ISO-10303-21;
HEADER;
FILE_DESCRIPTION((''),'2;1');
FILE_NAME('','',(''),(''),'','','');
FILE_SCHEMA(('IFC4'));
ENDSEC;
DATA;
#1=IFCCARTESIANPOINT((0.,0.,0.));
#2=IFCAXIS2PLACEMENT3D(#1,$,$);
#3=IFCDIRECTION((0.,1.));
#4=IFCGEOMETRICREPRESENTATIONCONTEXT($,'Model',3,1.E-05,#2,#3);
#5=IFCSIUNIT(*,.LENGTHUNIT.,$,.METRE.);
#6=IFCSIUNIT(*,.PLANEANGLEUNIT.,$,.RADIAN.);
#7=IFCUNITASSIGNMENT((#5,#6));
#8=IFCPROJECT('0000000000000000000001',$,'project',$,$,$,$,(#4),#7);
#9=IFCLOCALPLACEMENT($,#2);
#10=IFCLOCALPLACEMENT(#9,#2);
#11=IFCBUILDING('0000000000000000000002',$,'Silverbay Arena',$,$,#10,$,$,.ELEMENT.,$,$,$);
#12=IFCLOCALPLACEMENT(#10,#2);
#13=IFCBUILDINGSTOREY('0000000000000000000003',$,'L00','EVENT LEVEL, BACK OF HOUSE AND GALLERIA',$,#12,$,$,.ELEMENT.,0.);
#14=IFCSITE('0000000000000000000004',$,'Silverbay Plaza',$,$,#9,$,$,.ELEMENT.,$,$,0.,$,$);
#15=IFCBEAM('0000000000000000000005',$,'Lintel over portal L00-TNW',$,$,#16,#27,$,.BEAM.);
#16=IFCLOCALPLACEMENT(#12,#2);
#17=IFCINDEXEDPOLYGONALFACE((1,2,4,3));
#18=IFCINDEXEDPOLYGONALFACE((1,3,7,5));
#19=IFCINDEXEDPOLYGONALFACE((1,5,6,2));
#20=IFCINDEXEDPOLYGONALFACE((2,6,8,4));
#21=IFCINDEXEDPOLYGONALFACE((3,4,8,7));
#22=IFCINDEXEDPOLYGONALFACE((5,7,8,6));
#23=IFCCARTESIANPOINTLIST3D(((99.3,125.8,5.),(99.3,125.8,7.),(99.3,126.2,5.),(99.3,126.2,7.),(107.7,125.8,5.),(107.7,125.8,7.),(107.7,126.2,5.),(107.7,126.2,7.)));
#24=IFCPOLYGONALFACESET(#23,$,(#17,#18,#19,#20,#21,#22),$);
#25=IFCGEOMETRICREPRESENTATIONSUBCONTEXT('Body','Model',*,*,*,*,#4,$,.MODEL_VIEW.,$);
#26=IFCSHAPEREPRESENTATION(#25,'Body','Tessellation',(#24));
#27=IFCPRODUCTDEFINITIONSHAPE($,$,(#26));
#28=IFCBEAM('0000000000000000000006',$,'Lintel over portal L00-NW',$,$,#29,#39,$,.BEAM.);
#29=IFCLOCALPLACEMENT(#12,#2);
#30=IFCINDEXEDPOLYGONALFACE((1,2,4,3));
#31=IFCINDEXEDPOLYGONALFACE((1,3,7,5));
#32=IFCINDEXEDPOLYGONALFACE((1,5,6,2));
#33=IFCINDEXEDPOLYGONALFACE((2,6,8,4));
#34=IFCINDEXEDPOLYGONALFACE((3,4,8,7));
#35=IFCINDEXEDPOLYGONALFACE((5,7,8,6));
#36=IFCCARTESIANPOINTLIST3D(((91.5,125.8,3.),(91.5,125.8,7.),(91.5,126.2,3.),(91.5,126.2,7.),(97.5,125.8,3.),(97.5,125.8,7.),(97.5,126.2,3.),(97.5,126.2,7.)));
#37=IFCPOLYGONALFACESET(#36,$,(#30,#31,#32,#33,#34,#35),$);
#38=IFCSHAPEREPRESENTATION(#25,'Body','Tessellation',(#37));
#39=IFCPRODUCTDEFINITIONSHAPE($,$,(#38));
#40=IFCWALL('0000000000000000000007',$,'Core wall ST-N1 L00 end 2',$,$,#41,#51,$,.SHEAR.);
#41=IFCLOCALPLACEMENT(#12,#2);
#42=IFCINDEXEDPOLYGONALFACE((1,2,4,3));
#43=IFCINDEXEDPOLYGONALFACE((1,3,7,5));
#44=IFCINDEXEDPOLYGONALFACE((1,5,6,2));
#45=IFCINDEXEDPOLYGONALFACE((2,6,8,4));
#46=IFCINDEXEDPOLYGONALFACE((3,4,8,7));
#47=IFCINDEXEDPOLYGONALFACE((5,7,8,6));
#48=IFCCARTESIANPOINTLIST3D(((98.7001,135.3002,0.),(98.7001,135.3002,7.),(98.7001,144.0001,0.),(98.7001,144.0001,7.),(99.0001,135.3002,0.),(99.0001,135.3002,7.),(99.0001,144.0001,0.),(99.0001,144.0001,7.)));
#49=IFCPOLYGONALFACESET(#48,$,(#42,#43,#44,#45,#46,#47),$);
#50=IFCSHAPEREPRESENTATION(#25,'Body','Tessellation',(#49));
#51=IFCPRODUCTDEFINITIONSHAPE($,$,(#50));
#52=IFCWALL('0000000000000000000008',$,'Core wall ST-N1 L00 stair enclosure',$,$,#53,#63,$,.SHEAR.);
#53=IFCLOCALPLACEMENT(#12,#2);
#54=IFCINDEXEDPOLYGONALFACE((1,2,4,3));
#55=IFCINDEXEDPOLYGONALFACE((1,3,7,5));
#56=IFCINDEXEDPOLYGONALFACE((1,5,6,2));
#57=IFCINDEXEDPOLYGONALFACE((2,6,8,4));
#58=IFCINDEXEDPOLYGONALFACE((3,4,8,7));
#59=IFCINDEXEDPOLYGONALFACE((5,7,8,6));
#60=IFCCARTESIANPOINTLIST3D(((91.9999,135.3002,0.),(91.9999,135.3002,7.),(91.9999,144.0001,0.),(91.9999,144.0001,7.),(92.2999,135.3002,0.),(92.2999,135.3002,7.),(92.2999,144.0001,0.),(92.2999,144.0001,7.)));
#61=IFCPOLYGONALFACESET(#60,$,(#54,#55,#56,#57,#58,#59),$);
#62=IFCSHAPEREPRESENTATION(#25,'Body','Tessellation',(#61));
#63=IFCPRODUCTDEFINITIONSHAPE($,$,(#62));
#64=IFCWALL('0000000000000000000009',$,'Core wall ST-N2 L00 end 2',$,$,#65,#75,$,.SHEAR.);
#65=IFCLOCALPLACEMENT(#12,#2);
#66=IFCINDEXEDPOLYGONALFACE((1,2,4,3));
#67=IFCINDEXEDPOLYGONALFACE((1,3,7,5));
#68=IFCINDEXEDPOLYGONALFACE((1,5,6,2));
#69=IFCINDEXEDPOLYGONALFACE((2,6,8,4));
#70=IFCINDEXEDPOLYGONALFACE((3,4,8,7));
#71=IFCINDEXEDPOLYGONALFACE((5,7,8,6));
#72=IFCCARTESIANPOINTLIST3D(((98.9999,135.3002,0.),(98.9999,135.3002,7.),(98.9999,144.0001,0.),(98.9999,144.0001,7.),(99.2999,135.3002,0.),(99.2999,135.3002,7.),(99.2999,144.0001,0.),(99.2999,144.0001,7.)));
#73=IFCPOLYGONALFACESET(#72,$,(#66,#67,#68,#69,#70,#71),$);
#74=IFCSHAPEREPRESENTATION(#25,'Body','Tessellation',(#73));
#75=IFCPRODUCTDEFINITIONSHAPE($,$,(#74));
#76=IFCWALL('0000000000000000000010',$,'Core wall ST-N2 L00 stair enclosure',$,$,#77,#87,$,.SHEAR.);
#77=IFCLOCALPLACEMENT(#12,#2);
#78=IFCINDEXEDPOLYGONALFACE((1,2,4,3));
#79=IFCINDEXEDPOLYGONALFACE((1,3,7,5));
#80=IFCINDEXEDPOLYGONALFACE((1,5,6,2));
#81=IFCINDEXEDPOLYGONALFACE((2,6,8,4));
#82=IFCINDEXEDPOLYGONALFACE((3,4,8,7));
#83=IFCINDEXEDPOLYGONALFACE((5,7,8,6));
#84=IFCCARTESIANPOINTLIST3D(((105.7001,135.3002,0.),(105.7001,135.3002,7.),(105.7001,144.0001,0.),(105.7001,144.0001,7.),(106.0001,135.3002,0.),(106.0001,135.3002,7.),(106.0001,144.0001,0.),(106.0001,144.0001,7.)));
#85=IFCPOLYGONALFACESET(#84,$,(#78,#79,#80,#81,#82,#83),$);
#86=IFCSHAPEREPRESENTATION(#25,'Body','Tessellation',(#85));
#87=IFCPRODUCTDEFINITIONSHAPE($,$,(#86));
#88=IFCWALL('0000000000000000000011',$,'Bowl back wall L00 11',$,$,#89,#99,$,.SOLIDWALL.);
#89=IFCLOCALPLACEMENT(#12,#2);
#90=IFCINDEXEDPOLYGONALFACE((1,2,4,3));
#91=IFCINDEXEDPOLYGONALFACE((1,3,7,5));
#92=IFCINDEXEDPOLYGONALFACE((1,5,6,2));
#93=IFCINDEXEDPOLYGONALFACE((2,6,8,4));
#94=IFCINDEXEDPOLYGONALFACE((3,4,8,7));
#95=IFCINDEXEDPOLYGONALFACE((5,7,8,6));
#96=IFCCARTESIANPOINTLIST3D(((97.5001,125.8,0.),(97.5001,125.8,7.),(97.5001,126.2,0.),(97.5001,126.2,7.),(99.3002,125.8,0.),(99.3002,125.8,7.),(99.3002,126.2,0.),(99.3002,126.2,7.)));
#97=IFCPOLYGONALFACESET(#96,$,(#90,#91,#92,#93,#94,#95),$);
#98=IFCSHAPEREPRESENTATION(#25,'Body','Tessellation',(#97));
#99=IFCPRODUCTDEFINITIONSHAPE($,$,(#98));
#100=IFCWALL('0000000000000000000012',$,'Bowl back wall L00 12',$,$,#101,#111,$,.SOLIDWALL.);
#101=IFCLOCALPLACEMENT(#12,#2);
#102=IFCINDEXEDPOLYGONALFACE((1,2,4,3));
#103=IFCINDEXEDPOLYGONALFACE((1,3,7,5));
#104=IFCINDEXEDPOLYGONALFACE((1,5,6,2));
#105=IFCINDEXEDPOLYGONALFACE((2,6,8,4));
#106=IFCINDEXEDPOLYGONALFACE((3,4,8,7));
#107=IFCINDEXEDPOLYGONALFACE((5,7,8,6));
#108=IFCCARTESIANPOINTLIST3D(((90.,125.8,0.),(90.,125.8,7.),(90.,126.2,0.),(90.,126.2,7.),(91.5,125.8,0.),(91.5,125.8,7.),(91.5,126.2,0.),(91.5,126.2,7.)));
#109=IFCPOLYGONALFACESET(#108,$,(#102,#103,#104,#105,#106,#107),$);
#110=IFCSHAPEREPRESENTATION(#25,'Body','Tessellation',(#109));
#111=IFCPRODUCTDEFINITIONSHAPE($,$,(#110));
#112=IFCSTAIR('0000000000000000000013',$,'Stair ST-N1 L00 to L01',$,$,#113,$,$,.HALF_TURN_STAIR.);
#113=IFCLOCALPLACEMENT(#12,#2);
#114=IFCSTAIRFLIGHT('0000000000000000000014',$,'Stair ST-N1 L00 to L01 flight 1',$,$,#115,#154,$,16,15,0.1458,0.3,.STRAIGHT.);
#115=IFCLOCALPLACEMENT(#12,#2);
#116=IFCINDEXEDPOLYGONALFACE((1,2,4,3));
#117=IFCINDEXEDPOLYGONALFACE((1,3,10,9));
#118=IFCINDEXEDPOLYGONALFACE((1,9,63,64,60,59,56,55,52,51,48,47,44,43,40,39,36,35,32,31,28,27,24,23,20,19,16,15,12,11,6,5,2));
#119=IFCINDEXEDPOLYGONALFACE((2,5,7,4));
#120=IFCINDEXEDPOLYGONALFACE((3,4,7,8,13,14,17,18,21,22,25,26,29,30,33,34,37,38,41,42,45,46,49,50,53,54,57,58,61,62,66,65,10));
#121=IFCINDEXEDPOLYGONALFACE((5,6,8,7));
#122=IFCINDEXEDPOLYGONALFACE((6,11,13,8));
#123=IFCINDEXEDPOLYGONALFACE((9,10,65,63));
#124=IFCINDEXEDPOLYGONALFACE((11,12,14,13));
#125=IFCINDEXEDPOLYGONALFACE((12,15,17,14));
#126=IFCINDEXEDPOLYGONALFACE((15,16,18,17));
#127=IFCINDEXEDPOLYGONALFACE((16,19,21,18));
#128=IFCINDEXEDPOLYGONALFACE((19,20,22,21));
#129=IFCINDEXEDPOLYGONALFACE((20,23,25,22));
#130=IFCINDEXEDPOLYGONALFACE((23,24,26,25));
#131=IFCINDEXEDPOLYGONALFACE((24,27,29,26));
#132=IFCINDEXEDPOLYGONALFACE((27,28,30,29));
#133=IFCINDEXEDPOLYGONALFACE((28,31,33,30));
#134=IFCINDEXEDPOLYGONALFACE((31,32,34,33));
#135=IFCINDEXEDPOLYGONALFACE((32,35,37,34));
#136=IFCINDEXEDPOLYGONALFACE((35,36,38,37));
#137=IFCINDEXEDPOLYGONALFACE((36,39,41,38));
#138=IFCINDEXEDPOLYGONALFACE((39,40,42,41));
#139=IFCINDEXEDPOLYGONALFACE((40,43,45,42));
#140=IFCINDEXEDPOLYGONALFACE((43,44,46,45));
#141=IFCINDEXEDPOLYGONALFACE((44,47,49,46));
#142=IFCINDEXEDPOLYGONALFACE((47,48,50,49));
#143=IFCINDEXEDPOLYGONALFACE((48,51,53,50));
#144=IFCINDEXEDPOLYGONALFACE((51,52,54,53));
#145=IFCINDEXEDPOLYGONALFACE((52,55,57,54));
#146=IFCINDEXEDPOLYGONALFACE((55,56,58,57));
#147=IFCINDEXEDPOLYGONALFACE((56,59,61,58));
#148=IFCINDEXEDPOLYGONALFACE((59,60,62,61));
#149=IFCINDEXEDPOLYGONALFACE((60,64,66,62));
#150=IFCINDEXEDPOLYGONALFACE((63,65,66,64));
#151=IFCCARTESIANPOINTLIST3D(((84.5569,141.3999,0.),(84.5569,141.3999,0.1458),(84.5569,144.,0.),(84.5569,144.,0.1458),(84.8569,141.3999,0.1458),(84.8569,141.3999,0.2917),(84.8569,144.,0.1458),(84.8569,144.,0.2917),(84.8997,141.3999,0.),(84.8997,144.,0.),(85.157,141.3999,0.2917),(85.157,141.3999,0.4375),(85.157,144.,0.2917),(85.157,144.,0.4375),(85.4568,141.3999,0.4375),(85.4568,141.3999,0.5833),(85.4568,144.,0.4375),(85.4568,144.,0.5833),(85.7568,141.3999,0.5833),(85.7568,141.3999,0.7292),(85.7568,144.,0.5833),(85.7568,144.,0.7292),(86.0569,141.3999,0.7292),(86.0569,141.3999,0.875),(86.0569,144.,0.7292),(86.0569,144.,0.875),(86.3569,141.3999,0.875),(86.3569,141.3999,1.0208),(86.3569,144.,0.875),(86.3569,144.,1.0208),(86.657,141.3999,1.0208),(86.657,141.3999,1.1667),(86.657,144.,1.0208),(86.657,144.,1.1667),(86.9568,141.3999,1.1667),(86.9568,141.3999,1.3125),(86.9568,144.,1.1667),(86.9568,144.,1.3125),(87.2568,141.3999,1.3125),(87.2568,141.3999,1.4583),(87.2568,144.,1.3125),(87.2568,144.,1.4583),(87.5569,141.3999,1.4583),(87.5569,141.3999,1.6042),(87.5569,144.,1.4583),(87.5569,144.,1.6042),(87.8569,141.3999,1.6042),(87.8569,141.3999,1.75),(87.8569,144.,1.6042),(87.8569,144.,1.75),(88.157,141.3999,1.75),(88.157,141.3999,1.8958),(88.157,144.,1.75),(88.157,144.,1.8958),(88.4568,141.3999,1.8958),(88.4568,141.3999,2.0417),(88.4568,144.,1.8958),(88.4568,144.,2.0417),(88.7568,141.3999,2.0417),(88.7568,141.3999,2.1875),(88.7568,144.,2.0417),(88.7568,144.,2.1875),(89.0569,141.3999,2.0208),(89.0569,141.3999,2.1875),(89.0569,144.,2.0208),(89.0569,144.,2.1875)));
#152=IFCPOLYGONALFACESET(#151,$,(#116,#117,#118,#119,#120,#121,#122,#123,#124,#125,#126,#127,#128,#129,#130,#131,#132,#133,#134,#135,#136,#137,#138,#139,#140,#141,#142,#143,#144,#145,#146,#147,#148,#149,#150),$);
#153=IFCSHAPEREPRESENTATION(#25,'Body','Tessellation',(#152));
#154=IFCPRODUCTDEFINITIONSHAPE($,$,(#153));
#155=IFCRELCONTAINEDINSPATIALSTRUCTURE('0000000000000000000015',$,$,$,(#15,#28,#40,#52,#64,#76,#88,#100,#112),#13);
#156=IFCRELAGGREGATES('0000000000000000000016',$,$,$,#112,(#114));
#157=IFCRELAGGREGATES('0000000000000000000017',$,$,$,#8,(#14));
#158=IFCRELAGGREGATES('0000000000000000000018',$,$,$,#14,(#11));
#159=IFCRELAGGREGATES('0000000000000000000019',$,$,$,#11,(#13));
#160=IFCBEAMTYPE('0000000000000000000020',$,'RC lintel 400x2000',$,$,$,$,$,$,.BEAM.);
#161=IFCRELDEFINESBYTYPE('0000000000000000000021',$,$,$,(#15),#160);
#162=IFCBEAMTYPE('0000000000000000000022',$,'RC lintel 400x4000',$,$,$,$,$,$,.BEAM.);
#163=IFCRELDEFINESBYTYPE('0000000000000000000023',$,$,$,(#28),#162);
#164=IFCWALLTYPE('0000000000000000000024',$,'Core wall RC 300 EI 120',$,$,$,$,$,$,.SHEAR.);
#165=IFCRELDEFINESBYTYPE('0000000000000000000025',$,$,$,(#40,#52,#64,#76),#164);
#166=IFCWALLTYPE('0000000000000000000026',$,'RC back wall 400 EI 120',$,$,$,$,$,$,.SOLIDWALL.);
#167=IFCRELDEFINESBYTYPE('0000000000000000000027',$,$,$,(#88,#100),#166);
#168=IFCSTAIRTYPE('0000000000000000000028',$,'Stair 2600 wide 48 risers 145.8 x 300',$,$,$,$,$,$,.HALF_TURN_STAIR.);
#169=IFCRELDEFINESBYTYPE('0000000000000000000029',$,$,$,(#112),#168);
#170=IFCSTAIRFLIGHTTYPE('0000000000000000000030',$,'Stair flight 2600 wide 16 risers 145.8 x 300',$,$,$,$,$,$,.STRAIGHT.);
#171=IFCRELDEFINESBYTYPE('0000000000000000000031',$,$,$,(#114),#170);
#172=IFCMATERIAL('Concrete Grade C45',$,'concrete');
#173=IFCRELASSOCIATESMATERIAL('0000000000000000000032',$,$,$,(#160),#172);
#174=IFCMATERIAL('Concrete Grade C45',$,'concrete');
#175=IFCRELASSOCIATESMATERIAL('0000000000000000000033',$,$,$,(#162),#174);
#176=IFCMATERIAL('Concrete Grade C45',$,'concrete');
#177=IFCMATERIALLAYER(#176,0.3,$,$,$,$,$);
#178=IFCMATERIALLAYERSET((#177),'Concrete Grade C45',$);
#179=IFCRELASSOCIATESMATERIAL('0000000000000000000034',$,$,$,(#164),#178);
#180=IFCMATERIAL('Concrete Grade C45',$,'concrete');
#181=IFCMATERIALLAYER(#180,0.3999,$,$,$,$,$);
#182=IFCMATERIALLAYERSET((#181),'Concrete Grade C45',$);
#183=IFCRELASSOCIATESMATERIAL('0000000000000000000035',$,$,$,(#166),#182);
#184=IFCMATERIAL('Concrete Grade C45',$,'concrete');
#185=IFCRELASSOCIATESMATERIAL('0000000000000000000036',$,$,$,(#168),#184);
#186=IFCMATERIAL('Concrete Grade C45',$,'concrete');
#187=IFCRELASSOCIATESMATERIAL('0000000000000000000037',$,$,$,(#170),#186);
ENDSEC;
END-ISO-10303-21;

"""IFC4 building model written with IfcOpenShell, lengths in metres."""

from ifc_helpers import new_model, si_unit, direction, frame, frame_2d, origin, origin_2d, place, context, subcontext, project, spatial, polyline, rectangle, outline, extrude, material, layer, layer_set, material_profile, profile_set, type_object, element, aggregate, save


model = new_model("IFC4")

# Units and contexts
model_context = context("Model", 3, precision=1e-05, world=origin(), true_north=direction((0.0, 1.0)))
body_context = subcontext(model_context, "Body", "Model", "MODEL_VIEW")
ifc_project = project(units=[si_unit("LENGTHUNIT", "METRE"), si_unit("PLANEANGLEUNIT", "RADIAN")], contexts=[model_context])

# Site, building, storey
site_placement = place(None, origin())
site = spatial("IfcSite", under=ifc_project, at=site_placement, Name="Silverbay Plaza", CompositionType="ELEMENT", RefElevation=0.0)
building_placement = place(site_placement, origin())
building = spatial("IfcBuilding", under=site, at=building_placement, Name="Silverbay Arena", CompositionType="ELEMENT")
storey_placement = place(building_placement, origin())
storey = spatial("IfcBuildingStorey", under=building, at=storey_placement, Name="L00", Description="EVENT LEVEL, BACK OF HOUSE AND GALLERIA", CompositionType="ELEMENT", Elevation=0.0)

# Beams
ifc_material_1 = material(Name="Concrete Grade C45", Category="concrete")
ifc_material_profile_1 = material_profile(ifc_material_1, rectangle(XDim=0.3999, YDim=2.0, at=origin_2d()), Name="RC 400x2000")
ifc_profile_set_1 = profile_set([ifc_material_profile_1], Name="Concrete Grade C45")
beam_type_1 = type_object("IfcBeamType", Name="RC lintel 400x2000", PredefinedType="BEAM", material=ifc_profile_set_1)
beam_1_placement = place(storey_placement, frame((99.3, 126.0, 6.0), z_axis=(1.0, 0.0, 0.0), x_axis=(0.0, 1.0, 0.0)))
element("IfcBeam", 1, at=beam_1_placement, inside=storey, type_object=beam_type_1, Name="Lintel over portal L00-TNW", PredefinedType="BEAM", context=body_context, shape_type="SweptSolid", body=[
    extrude(rectangle(XDim=0.3999, YDim=2.0, at=origin_2d()), origin(), (0.0, 0.0, 1.0), 8.3999),
])
ifc_material_2 = material(Name="Concrete Grade C45", Category="concrete")
ifc_material_profile_2 = material_profile(ifc_material_2, rectangle(XDim=0.3999, YDim=4.0, at=origin_2d()), Name="RC 400x4000")
ifc_profile_set_2 = profile_set([ifc_material_profile_2], Name="Concrete Grade C45")
beam_type_2 = type_object("IfcBeamType", Name="RC lintel 400x4000", PredefinedType="BEAM", material=ifc_profile_set_2)
beam_2_placement = place(storey_placement, frame((91.5, 126.0, 5.0), z_axis=(1.0, 0.0, 0.0), x_axis=(0.0, 1.0, 0.0)))
element("IfcBeam", 2, at=beam_2_placement, inside=storey, type_object=beam_type_2, Name="Lintel over portal L00-NW", PredefinedType="BEAM", context=body_context, shape_type="SweptSolid", body=[
    extrude(rectangle(XDim=0.3999, YDim=4.0, at=origin_2d()), origin(), (0.0, 0.0, 1.0), 6.0),
])

# Walls
ifc_material_3 = material(Name="Concrete Grade C45", Category="concrete")
ifc_layer_1 = layer(ifc_material_3, 0.3)
ifc_layer_set_1 = layer_set([ifc_layer_1], Name="Concrete Grade C45")
wall_type_1 = type_object("IfcWallType", Name="Core wall RC 300 EI 120", PredefinedType="SHEAR", material=ifc_layer_set_1)
for number, where, z_axis, x_axis, name in (
    (3, (98.8501, 135.3, 0.0), (0.0, 0.0, 1.0), (0.0, 1.0, 0.0), "Core wall ST-N1 L00 end 2"),
    (4, (92.1499, 135.3, 0.0), (0.0, 0.0, 1.0), (0.0, 1.0, 0.0), "Core wall ST-N1 L00 stair enclosure"),
    (5, (99.1499, 135.3, 0.0), (0.0, 0.0, 1.0), (0.0, 1.0, 0.0), "Core wall ST-N2 L00 end 2"),
    (6, (105.8501, 135.3, 0.0), (0.0, 0.0, 1.0), (0.0, 1.0, 0.0), "Core wall ST-N2 L00 stair enclosure"),
):
    element("IfcWall", number, at=place(storey_placement, frame(where, z_axis=z_axis, x_axis=x_axis)), inside=storey, type_object=wall_type_1, Name=name, PredefinedType="SHEAR", context=body_context, shape_type="SweptSolid", body=[
        extrude(rectangle(XDim=8.7, YDim=0.3, at=frame_2d((4.3501, 0.0))), origin(), (0.0, 0.0, 1.0), 7.0),
    ])
ifc_material_4 = material(Name="Concrete Grade C45", Category="concrete")
ifc_layer_2 = layer(ifc_material_4, 0.3999)
ifc_layer_set_2 = layer_set([ifc_layer_2], Name="Concrete Grade C45")
wall_type_2 = type_object("IfcWallType", Name="RC back wall 400 EI 120", PredefinedType="SOLIDWALL", material=ifc_layer_set_2)
wall_1_placement = place(storey_placement, frame((99.3, 126.0, 0.0), z_axis=(0.0, 0.0, 1.0), x_axis=(-1.0, 0.0, 0.0)))
element("IfcWall", 7, at=wall_1_placement, inside=storey, type_object=wall_type_2, Name="Bowl back wall L00 11", PredefinedType="SOLIDWALL", context=body_context, shape_type="SweptSolid", body=[
    extrude(rectangle(XDim=1.8, YDim=0.3999, at=frame_2d((0.8999, 0.0))), origin(), (0.0, 0.0, 1.0), 7.0),
])
wall_2_placement = place(storey_placement, frame((91.5, 126.0, 0.0), z_axis=(0.0, 0.0, 1.0), x_axis=(-1.0, 0.0, 0.0)))
element("IfcWall", 8, at=wall_2_placement, inside=storey, type_object=wall_type_2, Name="Bowl back wall L00 12", PredefinedType="SOLIDWALL", context=body_context, shape_type="SweptSolid", body=[
    extrude(rectangle(XDim=1.5, YDim=0.3999, at=frame_2d((0.75, 0.0))), origin(), (0.0, 0.0, 1.0), 7.0),
])

# Stair, stair flight
ifc_material_5 = material(Name="Concrete Grade C45", Category="concrete")
stair_type = type_object("IfcStairType", Name="Stair 2600 wide 48 risers 145.8 x 300", PredefinedType="HALF_TURN_STAIR", material=ifc_material_5)
stair_placement = place(storey_placement, origin())
stair = element("IfcStair", 9, at=stair_placement, inside=storey, type_object=stair_type, Name="Stair ST-N1 L00 to L01", PredefinedType="HALF_TURN_STAIR")
ifc_material_6 = material(Name="Concrete Grade C45", Category="concrete")
stair_flight_type = type_object("IfcStairFlightType", Name="Stair flight 2600 wide 16 risers 145.8 x 300", PredefinedType="STRAIGHT", material=ifc_material_6)
stair_flight_1_placement = place(storey_placement, frame((84.5569, 142.7, 0.0), z_axis=(0.0, 0.0, 1.0), x_axis=(1.0, 0.0, 0.0)))
stair_flight_1 = element("IfcStairFlight", 10, at=stair_flight_1_placement, type_object=stair_flight_type, Name="Stair ST-N1 L00 to L01 flight 1", NumberOfRisers=16, NumberOfTreads=15, PredefinedType="STRAIGHT", RiserHeight=0.1458, TreadLength=0.3, context=body_context, shape_type="SweptSolid", body=[
    extrude(outline(polyline([(0.0, 0.0), (0.0, 0.1458), (0.3, 0.1458), (0.3, 0.2917), (0.6001, 0.2917), (0.6001, 0.4375), (0.8999, 0.4375), (0.8999, 0.5833), (1.2, 0.5833), (1.2, 0.7292), (1.5, 0.7292), (1.5, 0.875), (1.8, 0.875), (1.8, 1.0208), (2.1001, 1.0208), (2.1001, 1.1667), (2.3999, 1.1667), (2.3999, 1.3125), (2.7, 1.3125), (2.7, 1.4583), (3.0, 1.4583), (3.0, 1.6042), (3.3, 1.6042), (3.3, 1.75), (3.6001, 1.75), (3.6001, 1.8958), (3.8999, 1.8958), (3.8999, 2.0417), (4.2, 2.0417), (4.2, 2.1875), (4.5, 2.1875), (4.5, 2.0208), (0.3428, 0.0), (0.0, 0.0)])), frame((0.0, 1.3, 0.0), z_axis=(0.0, -1.0, 0.0), x_axis=(1.0, 0.0, 0.0)), (0.0, 0.0, 1.0), 2.6001),
])
aggregate(stair, [stair_flight_1])

save(model, "model.ifc")
